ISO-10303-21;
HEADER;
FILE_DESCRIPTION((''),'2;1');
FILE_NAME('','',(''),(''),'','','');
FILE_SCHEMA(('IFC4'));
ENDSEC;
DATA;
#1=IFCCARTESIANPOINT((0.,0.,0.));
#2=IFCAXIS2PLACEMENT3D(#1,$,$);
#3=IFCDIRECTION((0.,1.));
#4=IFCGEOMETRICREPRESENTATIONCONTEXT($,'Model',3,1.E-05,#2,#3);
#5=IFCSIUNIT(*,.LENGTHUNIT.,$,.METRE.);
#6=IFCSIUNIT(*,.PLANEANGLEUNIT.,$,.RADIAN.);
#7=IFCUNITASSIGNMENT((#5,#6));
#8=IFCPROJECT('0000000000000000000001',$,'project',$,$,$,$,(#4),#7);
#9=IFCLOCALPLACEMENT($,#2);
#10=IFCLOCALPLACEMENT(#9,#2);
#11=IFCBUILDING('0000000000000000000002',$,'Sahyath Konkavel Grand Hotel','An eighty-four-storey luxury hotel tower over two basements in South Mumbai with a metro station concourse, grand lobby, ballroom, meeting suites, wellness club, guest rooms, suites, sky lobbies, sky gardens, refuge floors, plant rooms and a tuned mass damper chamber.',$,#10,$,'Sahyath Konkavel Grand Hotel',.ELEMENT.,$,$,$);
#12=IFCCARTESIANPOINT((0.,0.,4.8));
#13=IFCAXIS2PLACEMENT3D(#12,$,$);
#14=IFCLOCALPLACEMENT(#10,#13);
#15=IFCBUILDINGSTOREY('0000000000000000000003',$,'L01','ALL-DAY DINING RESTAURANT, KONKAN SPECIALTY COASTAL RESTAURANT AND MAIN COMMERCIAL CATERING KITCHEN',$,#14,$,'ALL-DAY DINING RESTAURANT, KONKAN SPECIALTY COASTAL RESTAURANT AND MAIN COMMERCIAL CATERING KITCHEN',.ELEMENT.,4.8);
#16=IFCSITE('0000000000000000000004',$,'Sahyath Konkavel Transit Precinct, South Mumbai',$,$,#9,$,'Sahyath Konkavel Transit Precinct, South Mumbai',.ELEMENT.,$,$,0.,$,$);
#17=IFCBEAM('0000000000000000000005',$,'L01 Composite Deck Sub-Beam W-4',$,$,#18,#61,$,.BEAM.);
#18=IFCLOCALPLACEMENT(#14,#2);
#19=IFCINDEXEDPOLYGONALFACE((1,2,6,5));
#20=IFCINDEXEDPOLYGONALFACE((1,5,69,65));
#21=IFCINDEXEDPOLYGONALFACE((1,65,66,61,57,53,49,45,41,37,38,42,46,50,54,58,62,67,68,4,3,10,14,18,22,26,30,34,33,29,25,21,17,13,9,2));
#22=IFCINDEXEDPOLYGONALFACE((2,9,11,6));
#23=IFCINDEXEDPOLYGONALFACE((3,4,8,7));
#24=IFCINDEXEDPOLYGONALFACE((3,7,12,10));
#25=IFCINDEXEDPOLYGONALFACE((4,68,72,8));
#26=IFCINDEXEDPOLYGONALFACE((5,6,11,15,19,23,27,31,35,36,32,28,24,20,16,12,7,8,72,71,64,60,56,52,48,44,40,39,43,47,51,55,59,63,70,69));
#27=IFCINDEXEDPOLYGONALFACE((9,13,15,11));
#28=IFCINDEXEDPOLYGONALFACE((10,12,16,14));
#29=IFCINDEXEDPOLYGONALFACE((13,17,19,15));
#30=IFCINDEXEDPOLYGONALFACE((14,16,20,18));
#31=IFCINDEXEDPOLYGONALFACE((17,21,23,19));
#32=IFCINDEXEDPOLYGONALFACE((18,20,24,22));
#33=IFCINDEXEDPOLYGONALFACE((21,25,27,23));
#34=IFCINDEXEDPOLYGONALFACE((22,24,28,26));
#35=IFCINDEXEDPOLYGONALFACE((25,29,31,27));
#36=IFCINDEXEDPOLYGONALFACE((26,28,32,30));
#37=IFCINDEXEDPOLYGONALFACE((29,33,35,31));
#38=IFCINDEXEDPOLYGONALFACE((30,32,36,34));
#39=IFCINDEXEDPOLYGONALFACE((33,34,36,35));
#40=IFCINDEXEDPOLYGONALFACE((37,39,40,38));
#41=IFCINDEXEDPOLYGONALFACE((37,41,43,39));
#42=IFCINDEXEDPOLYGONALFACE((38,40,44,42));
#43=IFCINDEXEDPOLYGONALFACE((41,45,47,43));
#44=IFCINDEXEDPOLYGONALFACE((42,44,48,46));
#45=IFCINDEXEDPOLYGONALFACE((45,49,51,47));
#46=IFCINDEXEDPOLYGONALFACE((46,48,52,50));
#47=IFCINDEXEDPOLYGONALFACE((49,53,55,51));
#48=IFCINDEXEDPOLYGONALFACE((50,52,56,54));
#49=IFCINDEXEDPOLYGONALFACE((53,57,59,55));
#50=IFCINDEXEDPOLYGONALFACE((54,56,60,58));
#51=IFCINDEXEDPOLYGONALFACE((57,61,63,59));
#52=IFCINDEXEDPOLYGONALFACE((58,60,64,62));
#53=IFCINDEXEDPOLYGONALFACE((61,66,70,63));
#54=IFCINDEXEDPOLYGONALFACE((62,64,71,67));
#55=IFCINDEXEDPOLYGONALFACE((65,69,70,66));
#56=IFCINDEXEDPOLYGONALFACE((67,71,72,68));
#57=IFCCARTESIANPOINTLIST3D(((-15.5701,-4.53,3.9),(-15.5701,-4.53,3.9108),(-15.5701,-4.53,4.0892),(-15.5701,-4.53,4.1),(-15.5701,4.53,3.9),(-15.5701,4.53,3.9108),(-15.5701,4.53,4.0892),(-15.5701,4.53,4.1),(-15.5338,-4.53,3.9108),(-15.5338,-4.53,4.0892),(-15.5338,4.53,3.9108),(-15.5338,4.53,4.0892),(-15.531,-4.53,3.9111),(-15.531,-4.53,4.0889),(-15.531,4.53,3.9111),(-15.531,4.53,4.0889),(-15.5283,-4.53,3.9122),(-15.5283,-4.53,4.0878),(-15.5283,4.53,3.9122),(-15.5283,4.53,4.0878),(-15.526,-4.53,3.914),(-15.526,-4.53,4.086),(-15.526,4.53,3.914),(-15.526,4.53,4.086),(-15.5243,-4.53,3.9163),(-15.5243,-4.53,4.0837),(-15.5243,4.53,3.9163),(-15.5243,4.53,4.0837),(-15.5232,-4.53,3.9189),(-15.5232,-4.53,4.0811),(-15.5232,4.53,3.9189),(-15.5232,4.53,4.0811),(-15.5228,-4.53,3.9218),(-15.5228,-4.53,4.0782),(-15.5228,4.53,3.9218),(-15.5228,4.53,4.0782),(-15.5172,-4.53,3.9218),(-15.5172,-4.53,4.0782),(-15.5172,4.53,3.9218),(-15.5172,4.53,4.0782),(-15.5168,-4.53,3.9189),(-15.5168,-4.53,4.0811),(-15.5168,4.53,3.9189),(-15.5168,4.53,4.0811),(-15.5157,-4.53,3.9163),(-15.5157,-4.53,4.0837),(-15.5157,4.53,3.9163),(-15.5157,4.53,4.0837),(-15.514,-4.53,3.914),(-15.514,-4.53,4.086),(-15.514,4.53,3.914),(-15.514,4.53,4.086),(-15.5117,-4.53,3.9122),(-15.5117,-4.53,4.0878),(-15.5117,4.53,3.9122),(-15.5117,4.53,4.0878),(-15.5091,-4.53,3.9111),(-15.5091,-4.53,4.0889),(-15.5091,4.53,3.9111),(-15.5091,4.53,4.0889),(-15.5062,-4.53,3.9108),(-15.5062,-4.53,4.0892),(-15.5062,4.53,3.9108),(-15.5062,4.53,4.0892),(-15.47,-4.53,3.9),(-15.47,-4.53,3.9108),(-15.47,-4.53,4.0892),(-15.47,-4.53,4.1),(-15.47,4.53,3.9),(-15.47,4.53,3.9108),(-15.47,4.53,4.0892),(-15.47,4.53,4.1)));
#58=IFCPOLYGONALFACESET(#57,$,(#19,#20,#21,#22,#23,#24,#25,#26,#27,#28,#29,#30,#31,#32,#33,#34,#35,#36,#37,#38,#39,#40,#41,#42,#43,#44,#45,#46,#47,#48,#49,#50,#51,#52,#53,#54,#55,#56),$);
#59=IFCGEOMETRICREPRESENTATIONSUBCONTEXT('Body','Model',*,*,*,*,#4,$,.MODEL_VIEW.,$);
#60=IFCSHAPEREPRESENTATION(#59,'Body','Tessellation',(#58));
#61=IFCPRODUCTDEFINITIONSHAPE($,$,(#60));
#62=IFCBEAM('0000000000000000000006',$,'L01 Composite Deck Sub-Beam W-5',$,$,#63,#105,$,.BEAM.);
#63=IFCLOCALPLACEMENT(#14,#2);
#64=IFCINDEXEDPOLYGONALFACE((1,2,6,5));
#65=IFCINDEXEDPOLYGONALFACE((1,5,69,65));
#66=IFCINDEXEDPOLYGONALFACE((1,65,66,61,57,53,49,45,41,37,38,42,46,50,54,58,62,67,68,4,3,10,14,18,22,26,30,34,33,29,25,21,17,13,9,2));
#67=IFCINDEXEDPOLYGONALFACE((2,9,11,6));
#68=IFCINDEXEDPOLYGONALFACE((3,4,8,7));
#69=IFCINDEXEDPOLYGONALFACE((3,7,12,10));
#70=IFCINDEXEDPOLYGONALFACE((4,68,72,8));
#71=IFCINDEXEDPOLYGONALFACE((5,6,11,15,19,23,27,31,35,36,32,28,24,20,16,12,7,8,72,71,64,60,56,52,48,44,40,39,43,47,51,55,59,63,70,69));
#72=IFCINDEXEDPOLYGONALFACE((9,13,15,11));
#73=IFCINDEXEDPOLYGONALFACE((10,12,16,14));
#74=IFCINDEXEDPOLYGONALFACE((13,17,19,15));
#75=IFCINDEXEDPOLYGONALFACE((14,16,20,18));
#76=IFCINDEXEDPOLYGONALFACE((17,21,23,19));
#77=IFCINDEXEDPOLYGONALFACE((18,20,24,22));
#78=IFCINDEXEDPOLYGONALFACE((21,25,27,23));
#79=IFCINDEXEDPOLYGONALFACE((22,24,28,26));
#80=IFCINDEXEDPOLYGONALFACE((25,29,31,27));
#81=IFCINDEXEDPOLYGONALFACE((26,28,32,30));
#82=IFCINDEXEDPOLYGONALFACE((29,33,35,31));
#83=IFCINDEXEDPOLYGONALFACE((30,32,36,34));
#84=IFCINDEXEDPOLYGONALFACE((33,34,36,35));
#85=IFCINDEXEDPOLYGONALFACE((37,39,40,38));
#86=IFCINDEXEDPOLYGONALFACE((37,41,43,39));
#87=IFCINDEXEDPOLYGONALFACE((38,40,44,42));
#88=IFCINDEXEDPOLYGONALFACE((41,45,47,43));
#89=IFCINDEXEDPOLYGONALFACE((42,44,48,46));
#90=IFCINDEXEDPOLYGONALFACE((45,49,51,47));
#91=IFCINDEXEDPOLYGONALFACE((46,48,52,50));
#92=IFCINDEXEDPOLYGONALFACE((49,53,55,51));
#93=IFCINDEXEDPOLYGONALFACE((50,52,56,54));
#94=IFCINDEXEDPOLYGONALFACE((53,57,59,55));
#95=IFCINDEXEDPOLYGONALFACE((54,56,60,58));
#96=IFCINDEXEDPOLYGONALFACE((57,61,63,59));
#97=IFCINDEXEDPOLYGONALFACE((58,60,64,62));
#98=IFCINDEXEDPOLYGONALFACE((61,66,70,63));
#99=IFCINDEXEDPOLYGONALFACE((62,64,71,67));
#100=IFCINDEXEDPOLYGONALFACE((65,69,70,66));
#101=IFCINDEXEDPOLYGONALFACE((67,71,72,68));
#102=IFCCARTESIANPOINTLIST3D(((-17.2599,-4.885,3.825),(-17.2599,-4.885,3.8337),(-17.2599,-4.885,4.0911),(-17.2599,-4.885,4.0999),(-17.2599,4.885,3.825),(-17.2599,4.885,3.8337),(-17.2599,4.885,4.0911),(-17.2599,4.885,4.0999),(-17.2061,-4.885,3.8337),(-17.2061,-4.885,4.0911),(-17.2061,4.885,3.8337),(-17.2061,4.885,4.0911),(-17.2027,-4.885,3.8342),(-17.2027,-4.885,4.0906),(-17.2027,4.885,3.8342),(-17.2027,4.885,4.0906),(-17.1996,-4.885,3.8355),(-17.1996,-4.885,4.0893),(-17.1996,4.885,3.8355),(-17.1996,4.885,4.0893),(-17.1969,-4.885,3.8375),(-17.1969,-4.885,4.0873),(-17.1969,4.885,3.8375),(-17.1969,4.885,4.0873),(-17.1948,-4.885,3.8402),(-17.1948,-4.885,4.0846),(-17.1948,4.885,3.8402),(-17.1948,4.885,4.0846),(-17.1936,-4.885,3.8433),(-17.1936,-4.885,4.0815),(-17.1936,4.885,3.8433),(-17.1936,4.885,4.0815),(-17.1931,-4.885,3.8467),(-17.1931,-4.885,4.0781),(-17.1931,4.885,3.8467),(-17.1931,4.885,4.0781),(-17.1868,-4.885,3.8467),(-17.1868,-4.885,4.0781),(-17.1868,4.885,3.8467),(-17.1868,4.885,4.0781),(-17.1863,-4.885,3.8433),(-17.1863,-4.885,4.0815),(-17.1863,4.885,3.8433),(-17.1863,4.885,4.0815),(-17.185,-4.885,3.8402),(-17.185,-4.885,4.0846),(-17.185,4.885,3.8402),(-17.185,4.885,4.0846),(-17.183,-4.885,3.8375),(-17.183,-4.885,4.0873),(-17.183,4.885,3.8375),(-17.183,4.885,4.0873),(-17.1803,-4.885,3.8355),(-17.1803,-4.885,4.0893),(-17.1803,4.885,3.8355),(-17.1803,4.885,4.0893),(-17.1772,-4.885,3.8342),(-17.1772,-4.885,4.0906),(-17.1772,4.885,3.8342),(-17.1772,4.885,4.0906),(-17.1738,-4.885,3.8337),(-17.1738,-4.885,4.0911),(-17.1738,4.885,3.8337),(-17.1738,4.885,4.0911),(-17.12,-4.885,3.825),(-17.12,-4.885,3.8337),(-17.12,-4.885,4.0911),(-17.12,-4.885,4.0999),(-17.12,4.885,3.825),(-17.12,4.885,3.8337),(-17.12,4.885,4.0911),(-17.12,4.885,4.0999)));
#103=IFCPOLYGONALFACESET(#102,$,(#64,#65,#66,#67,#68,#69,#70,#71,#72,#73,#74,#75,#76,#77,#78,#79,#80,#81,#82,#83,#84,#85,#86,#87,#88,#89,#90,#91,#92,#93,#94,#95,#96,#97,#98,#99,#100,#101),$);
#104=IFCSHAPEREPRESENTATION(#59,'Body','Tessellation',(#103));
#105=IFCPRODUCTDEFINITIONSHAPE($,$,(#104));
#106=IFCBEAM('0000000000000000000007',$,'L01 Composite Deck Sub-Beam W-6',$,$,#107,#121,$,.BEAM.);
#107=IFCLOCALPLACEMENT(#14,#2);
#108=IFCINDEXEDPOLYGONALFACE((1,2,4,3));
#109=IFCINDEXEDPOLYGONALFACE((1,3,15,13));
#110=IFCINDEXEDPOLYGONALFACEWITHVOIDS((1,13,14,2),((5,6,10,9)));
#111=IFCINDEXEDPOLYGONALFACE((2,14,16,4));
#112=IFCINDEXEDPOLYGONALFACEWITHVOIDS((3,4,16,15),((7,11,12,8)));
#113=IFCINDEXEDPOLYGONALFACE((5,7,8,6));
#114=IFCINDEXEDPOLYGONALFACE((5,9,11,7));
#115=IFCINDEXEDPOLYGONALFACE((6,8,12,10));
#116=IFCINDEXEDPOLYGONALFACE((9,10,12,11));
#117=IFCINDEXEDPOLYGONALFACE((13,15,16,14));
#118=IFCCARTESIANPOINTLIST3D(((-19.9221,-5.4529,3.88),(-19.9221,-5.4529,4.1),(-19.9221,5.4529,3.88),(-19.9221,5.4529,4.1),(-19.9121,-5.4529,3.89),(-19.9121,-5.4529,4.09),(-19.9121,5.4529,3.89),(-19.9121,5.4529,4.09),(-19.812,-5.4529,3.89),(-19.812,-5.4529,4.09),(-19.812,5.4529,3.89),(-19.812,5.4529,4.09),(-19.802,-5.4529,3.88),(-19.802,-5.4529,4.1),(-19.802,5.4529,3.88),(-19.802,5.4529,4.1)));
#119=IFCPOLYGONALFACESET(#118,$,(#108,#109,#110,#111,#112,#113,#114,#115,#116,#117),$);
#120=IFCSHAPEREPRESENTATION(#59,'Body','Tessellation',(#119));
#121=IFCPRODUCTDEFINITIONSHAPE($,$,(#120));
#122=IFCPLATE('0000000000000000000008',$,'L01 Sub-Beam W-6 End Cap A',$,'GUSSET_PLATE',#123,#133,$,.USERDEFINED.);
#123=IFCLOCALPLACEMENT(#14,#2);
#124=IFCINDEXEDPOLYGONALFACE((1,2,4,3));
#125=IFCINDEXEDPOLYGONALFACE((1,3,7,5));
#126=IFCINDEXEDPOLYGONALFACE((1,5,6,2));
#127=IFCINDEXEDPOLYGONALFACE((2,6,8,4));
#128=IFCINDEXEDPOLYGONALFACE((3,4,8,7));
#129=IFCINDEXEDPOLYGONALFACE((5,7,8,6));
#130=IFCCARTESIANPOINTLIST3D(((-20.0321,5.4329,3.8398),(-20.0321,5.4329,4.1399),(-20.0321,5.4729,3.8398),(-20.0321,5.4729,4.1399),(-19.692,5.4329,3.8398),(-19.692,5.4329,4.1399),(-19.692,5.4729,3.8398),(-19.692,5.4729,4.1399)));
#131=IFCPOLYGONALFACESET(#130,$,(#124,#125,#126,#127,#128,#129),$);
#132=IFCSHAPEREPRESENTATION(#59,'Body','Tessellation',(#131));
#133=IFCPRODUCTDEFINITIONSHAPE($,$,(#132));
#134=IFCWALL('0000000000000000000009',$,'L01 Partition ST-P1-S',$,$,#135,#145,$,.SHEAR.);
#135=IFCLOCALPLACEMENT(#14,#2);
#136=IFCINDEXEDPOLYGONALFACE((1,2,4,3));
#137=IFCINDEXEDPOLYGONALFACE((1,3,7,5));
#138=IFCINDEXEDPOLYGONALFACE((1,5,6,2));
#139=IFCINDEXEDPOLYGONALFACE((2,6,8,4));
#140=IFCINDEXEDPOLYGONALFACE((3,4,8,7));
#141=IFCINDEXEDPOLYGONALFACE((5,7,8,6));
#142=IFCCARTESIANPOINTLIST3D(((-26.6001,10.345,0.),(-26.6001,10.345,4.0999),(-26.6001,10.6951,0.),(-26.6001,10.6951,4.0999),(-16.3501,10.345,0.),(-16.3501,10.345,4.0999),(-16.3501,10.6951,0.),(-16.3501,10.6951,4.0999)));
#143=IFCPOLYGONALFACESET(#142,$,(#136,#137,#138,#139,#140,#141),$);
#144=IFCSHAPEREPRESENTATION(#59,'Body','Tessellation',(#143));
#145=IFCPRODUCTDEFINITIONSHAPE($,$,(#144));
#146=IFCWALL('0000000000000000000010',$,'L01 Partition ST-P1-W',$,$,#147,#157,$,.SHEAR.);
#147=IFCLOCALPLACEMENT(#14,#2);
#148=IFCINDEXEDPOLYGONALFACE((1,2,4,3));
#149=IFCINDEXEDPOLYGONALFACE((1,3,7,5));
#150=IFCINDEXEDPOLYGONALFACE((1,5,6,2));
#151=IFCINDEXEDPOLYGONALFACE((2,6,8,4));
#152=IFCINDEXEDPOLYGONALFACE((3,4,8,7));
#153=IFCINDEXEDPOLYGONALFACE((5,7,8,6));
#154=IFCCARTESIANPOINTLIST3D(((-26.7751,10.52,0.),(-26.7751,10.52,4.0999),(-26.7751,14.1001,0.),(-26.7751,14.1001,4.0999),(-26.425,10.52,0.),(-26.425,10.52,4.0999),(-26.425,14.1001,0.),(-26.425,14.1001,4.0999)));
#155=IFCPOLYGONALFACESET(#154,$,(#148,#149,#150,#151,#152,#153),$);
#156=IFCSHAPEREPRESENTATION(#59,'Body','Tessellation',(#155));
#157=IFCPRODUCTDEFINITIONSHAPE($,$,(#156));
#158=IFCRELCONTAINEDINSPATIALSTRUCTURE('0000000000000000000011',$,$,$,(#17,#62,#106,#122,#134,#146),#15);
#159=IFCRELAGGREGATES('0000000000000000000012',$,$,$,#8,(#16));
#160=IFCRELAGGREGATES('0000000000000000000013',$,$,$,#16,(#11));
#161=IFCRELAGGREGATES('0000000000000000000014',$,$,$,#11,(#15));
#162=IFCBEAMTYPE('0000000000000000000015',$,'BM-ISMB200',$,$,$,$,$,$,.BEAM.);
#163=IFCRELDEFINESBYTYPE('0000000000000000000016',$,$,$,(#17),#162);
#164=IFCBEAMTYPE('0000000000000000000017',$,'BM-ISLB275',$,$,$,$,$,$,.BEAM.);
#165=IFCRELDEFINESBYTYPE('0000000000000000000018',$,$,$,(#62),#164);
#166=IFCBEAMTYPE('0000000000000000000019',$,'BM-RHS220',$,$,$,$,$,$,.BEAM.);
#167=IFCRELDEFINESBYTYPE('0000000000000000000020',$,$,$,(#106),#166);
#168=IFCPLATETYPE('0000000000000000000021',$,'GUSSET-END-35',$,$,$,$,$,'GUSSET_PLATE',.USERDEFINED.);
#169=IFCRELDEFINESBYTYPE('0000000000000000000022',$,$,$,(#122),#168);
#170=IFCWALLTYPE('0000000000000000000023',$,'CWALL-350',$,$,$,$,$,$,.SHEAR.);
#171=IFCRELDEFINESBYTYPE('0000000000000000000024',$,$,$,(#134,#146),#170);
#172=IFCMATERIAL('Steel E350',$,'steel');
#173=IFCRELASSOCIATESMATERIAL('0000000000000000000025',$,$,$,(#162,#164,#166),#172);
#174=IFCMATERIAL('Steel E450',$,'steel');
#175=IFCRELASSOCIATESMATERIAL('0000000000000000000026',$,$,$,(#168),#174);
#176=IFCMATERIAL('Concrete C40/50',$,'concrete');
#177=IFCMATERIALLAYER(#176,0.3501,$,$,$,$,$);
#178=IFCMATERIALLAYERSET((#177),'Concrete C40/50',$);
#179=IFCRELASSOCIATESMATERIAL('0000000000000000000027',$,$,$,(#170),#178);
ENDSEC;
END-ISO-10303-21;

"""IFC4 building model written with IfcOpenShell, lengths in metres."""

from ifc_helpers import new_model, si_unit, direction, frame, frame_2d, origin, origin_2d, place, context, subcontext, project, spatial, rectangle, hollow_rectangle, i_section, extrude, source, transform, mapped, material, layer, layer_set, material_profile, profile_set, type_object, element, save


model = new_model("IFC4")

# Units and contexts
model_context = context("Model", 3, precision=1e-05, world=origin(), true_north=direction((0.0, 1.0)))
body_context = subcontext(model_context, "Body", "Model", "MODEL_VIEW")
ifc_project = project(units=[si_unit("LENGTHUNIT", "METRE"), si_unit("PLANEANGLEUNIT", "RADIAN")], contexts=[model_context])

# Site, building, storey
site_placement = place(None, origin())
site = spatial("IfcSite", under=ifc_project, at=site_placement, Name="Sahyath Konkavel Transit Precinct, South Mumbai", LongName="Sahyath Konkavel Transit Precinct, South Mumbai", CompositionType="ELEMENT", RefElevation=0.0)
building_placement = place(site_placement, origin())
building = spatial("IfcBuilding", under=site, at=building_placement, Name="Sahyath Konkavel Grand Hotel", Description="An eighty-four-storey luxury hotel tower over two basements in South Mumbai with a metro station concourse, grand lobby, ballroom, meeting suites, wellness club, guest rooms, suites, sky lobbies, sky gardens, refuge floors, plant rooms and a tuned mass damper chamber.", LongName="Sahyath Konkavel Grand Hotel", CompositionType="ELEMENT")
storey_placement = place(building_placement, frame((0.0, 0.0, 4.8)))
storey = spatial("IfcBuildingStorey", under=building, at=storey_placement, Name="L01", Description="ALL-DAY DINING RESTAURANT, KONKAN SPECIALTY COASTAL RESTAURANT AND MAIN COMMERCIAL CATERING KITCHEN", LongName="ALL-DAY DINING RESTAURANT, KONKAN SPECIALTY COASTAL RESTAURANT AND MAIN COMMERCIAL CATERING KITCHEN", CompositionType="ELEMENT", Elevation=4.8)

# Beams
ifc_material_1 = material(Name="Steel E350", Category="steel")
ifc_material_profile_1 = material_profile(ifc_material_1, i_section(OverallWidth=0.1001, OverallDepth=0.2, WebThickness=0.0056, FlangeThickness=0.0107, FilletRadius=0.011, at=origin_2d()), Name="ISMB 200")
ifc_profile_set_1 = profile_set([ifc_material_profile_1], Name="Steel E350")
beam_type_1 = type_object("IfcBeamType", Name="BM-ISMB200", PredefinedType="BEAM", material=ifc_profile_set_1)
shared_shape_1 = source(origin(), body_context, "Body", "SweptSolid", [
    extrude(i_section(OverallWidth=0.1001, OverallDepth=0.2, WebThickness=0.0056, FlangeThickness=0.0107, FilletRadius=0.011, at=origin_2d()), origin(), (0.0, 0.0, 1.0), 9.0601),
])
beam_1_placement = place(storey_placement, frame((-15.52, 4.53, 4.0), z_axis=(0.0, -1.0, 0.0), x_axis=(1.0, 0.0, 0.0)))
element("IfcBeam", 1, at=beam_1_placement, inside=storey, type_object=beam_type_1, Name="L01 Composite Deck Sub-Beam W-4", PredefinedType="BEAM", context=body_context, shape_type="MappedRepresentation", body=[
    mapped(shared_shape_1, transform((0.0, 0.0, 0.0), scale=1.0)),
])
ifc_material_profile_2 = material_profile(ifc_material_1, i_section(OverallWidth=0.1399, OverallDepth=0.2749, WebThickness=0.0063, FlangeThickness=0.0088, FilletRadius=0.0129, at=origin_2d()), Name="ISLB 275")
ifc_profile_set_2 = profile_set([ifc_material_profile_2], Name="Steel E350")
beam_type_2 = type_object("IfcBeamType", Name="BM-ISLB275", PredefinedType="BEAM", material=ifc_profile_set_2)
shared_shape_2 = source(origin(), body_context, "Body", "SweptSolid", [
    extrude(i_section(OverallWidth=0.1399, OverallDepth=0.2749, WebThickness=0.0063, FlangeThickness=0.0088, FilletRadius=0.0129, at=origin_2d()), origin(), (0.0, 0.0, 1.0), 9.77),
])
beam_2_placement = place(storey_placement, frame((-17.1899, 4.885, 3.9624), z_axis=(0.0, -1.0, 0.0), x_axis=(1.0, 0.0, 0.0)))
element("IfcBeam", 2, at=beam_2_placement, inside=storey, type_object=beam_type_2, Name="L01 Composite Deck Sub-Beam W-5", PredefinedType="BEAM", context=body_context, shape_type="MappedRepresentation", body=[
    mapped(shared_shape_2, transform((0.0, 0.0, 0.0), scale=1.0)),
])
ifc_material_profile_3 = material_profile(ifc_material_1, hollow_rectangle(XDim=0.1201, YDim=0.22, WallThickness=0.01, at=origin_2d()), Name="RHS 220x120x10")
ifc_profile_set_3 = profile_set([ifc_material_profile_3], Name="Steel E350")
beam_type_3 = type_object("IfcBeamType", Name="BM-RHS220", PredefinedType="BEAM", material=ifc_profile_set_3)
shared_shape_3 = source(origin(), body_context, "Body", "SweptSolid", [
    extrude(hollow_rectangle(XDim=0.1201, YDim=0.22, WallThickness=0.01, at=origin_2d()), origin(), (0.0, 0.0, 1.0), 10.9058),
])
beam_3_placement = place(storey_placement, frame((-19.8621, 5.4529, 3.99), z_axis=(0.0, -1.0, 0.0), x_axis=(1.0, 0.0, 0.0)))
element("IfcBeam", 3, at=beam_3_placement, inside=storey, type_object=beam_type_3, Name="L01 Composite Deck Sub-Beam W-6", PredefinedType="BEAM", context=body_context, shape_type="MappedRepresentation", body=[
    mapped(shared_shape_3, transform((0.0, 0.0, 0.0), scale=1.0)),
])

# Plate
ifc_material_2 = material(Name="Steel E450", Category="steel")
plate_type = type_object("IfcPlateType", Name="GUSSET-END-35", ElementType="GUSSET_PLATE", PredefinedType="USERDEFINED", material=ifc_material_2)
shared_shape_4 = source(origin(), body_context, "Body", "SweptSolid", [
    extrude(rectangle(XDim=0.04, YDim=0.3401, at=origin_2d()), origin(), (0.0, 0.0, 1.0), 0.3),
])
plate_placement = place(storey_placement, frame((-19.8621, 5.4529, 3.8398), z_axis=(0.0, 0.0, 1.0), x_axis=(0.0, -1.0, 0.0)))
element("IfcPlate", 4, at=plate_placement, inside=storey, type_object=plate_type, Name="L01 Sub-Beam W-6 End Cap A", ObjectType="GUSSET_PLATE", PredefinedType="USERDEFINED", context=body_context, shape_type="MappedRepresentation", body=[
    mapped(shared_shape_4, transform((0.0, 0.0, 0.0), scale=1.0)),
])

# Walls
ifc_material_3 = material(Name="Concrete C40/50", Category="concrete")
ifc_layer_1 = layer(ifc_material_3, 0.3501)
ifc_layer_set_1 = layer_set([ifc_layer_1], Name="Concrete C40/50")
wall_type_1 = type_object("IfcWallType", Name="CWALL-350", PredefinedType="SHEAR", material=ifc_layer_set_1)
wall_1_placement = place(storey_placement, frame((-26.6001, 10.52, 0.0), z_axis=(0.0, 0.0, 1.0), x_axis=(1.0, 0.0, 0.0)))
element("IfcWall", 5, at=wall_1_placement, inside=storey, type_object=wall_type_1, Name="L01 Partition ST-P1-S", PredefinedType="SHEAR", context=body_context, shape_type="SweptSolid", body=[
    extrude(rectangle(XDim=10.25, YDim=0.3501, at=frame_2d((5.125, 0.0))), origin(), (0.0, 0.0, 1.0), 4.0999),
])
wall_2_placement = place(storey_placement, frame((-26.6001, 10.52, 0.0), z_axis=(0.0, 0.0, 1.0), x_axis=(0.0, 1.0, 0.0)))
element("IfcWall", 6, at=wall_2_placement, inside=storey, type_object=wall_type_1, Name="L01 Partition ST-P1-W", PredefinedType="SHEAR", context=body_context, shape_type="SweptSolid", body=[
    extrude(rectangle(XDim=3.5801, YDim=0.3501, at=frame_2d((1.79, 0.0))), origin(), (0.0, 0.0, 1.0), 4.0999),
])

save(model, "model.ifc")
